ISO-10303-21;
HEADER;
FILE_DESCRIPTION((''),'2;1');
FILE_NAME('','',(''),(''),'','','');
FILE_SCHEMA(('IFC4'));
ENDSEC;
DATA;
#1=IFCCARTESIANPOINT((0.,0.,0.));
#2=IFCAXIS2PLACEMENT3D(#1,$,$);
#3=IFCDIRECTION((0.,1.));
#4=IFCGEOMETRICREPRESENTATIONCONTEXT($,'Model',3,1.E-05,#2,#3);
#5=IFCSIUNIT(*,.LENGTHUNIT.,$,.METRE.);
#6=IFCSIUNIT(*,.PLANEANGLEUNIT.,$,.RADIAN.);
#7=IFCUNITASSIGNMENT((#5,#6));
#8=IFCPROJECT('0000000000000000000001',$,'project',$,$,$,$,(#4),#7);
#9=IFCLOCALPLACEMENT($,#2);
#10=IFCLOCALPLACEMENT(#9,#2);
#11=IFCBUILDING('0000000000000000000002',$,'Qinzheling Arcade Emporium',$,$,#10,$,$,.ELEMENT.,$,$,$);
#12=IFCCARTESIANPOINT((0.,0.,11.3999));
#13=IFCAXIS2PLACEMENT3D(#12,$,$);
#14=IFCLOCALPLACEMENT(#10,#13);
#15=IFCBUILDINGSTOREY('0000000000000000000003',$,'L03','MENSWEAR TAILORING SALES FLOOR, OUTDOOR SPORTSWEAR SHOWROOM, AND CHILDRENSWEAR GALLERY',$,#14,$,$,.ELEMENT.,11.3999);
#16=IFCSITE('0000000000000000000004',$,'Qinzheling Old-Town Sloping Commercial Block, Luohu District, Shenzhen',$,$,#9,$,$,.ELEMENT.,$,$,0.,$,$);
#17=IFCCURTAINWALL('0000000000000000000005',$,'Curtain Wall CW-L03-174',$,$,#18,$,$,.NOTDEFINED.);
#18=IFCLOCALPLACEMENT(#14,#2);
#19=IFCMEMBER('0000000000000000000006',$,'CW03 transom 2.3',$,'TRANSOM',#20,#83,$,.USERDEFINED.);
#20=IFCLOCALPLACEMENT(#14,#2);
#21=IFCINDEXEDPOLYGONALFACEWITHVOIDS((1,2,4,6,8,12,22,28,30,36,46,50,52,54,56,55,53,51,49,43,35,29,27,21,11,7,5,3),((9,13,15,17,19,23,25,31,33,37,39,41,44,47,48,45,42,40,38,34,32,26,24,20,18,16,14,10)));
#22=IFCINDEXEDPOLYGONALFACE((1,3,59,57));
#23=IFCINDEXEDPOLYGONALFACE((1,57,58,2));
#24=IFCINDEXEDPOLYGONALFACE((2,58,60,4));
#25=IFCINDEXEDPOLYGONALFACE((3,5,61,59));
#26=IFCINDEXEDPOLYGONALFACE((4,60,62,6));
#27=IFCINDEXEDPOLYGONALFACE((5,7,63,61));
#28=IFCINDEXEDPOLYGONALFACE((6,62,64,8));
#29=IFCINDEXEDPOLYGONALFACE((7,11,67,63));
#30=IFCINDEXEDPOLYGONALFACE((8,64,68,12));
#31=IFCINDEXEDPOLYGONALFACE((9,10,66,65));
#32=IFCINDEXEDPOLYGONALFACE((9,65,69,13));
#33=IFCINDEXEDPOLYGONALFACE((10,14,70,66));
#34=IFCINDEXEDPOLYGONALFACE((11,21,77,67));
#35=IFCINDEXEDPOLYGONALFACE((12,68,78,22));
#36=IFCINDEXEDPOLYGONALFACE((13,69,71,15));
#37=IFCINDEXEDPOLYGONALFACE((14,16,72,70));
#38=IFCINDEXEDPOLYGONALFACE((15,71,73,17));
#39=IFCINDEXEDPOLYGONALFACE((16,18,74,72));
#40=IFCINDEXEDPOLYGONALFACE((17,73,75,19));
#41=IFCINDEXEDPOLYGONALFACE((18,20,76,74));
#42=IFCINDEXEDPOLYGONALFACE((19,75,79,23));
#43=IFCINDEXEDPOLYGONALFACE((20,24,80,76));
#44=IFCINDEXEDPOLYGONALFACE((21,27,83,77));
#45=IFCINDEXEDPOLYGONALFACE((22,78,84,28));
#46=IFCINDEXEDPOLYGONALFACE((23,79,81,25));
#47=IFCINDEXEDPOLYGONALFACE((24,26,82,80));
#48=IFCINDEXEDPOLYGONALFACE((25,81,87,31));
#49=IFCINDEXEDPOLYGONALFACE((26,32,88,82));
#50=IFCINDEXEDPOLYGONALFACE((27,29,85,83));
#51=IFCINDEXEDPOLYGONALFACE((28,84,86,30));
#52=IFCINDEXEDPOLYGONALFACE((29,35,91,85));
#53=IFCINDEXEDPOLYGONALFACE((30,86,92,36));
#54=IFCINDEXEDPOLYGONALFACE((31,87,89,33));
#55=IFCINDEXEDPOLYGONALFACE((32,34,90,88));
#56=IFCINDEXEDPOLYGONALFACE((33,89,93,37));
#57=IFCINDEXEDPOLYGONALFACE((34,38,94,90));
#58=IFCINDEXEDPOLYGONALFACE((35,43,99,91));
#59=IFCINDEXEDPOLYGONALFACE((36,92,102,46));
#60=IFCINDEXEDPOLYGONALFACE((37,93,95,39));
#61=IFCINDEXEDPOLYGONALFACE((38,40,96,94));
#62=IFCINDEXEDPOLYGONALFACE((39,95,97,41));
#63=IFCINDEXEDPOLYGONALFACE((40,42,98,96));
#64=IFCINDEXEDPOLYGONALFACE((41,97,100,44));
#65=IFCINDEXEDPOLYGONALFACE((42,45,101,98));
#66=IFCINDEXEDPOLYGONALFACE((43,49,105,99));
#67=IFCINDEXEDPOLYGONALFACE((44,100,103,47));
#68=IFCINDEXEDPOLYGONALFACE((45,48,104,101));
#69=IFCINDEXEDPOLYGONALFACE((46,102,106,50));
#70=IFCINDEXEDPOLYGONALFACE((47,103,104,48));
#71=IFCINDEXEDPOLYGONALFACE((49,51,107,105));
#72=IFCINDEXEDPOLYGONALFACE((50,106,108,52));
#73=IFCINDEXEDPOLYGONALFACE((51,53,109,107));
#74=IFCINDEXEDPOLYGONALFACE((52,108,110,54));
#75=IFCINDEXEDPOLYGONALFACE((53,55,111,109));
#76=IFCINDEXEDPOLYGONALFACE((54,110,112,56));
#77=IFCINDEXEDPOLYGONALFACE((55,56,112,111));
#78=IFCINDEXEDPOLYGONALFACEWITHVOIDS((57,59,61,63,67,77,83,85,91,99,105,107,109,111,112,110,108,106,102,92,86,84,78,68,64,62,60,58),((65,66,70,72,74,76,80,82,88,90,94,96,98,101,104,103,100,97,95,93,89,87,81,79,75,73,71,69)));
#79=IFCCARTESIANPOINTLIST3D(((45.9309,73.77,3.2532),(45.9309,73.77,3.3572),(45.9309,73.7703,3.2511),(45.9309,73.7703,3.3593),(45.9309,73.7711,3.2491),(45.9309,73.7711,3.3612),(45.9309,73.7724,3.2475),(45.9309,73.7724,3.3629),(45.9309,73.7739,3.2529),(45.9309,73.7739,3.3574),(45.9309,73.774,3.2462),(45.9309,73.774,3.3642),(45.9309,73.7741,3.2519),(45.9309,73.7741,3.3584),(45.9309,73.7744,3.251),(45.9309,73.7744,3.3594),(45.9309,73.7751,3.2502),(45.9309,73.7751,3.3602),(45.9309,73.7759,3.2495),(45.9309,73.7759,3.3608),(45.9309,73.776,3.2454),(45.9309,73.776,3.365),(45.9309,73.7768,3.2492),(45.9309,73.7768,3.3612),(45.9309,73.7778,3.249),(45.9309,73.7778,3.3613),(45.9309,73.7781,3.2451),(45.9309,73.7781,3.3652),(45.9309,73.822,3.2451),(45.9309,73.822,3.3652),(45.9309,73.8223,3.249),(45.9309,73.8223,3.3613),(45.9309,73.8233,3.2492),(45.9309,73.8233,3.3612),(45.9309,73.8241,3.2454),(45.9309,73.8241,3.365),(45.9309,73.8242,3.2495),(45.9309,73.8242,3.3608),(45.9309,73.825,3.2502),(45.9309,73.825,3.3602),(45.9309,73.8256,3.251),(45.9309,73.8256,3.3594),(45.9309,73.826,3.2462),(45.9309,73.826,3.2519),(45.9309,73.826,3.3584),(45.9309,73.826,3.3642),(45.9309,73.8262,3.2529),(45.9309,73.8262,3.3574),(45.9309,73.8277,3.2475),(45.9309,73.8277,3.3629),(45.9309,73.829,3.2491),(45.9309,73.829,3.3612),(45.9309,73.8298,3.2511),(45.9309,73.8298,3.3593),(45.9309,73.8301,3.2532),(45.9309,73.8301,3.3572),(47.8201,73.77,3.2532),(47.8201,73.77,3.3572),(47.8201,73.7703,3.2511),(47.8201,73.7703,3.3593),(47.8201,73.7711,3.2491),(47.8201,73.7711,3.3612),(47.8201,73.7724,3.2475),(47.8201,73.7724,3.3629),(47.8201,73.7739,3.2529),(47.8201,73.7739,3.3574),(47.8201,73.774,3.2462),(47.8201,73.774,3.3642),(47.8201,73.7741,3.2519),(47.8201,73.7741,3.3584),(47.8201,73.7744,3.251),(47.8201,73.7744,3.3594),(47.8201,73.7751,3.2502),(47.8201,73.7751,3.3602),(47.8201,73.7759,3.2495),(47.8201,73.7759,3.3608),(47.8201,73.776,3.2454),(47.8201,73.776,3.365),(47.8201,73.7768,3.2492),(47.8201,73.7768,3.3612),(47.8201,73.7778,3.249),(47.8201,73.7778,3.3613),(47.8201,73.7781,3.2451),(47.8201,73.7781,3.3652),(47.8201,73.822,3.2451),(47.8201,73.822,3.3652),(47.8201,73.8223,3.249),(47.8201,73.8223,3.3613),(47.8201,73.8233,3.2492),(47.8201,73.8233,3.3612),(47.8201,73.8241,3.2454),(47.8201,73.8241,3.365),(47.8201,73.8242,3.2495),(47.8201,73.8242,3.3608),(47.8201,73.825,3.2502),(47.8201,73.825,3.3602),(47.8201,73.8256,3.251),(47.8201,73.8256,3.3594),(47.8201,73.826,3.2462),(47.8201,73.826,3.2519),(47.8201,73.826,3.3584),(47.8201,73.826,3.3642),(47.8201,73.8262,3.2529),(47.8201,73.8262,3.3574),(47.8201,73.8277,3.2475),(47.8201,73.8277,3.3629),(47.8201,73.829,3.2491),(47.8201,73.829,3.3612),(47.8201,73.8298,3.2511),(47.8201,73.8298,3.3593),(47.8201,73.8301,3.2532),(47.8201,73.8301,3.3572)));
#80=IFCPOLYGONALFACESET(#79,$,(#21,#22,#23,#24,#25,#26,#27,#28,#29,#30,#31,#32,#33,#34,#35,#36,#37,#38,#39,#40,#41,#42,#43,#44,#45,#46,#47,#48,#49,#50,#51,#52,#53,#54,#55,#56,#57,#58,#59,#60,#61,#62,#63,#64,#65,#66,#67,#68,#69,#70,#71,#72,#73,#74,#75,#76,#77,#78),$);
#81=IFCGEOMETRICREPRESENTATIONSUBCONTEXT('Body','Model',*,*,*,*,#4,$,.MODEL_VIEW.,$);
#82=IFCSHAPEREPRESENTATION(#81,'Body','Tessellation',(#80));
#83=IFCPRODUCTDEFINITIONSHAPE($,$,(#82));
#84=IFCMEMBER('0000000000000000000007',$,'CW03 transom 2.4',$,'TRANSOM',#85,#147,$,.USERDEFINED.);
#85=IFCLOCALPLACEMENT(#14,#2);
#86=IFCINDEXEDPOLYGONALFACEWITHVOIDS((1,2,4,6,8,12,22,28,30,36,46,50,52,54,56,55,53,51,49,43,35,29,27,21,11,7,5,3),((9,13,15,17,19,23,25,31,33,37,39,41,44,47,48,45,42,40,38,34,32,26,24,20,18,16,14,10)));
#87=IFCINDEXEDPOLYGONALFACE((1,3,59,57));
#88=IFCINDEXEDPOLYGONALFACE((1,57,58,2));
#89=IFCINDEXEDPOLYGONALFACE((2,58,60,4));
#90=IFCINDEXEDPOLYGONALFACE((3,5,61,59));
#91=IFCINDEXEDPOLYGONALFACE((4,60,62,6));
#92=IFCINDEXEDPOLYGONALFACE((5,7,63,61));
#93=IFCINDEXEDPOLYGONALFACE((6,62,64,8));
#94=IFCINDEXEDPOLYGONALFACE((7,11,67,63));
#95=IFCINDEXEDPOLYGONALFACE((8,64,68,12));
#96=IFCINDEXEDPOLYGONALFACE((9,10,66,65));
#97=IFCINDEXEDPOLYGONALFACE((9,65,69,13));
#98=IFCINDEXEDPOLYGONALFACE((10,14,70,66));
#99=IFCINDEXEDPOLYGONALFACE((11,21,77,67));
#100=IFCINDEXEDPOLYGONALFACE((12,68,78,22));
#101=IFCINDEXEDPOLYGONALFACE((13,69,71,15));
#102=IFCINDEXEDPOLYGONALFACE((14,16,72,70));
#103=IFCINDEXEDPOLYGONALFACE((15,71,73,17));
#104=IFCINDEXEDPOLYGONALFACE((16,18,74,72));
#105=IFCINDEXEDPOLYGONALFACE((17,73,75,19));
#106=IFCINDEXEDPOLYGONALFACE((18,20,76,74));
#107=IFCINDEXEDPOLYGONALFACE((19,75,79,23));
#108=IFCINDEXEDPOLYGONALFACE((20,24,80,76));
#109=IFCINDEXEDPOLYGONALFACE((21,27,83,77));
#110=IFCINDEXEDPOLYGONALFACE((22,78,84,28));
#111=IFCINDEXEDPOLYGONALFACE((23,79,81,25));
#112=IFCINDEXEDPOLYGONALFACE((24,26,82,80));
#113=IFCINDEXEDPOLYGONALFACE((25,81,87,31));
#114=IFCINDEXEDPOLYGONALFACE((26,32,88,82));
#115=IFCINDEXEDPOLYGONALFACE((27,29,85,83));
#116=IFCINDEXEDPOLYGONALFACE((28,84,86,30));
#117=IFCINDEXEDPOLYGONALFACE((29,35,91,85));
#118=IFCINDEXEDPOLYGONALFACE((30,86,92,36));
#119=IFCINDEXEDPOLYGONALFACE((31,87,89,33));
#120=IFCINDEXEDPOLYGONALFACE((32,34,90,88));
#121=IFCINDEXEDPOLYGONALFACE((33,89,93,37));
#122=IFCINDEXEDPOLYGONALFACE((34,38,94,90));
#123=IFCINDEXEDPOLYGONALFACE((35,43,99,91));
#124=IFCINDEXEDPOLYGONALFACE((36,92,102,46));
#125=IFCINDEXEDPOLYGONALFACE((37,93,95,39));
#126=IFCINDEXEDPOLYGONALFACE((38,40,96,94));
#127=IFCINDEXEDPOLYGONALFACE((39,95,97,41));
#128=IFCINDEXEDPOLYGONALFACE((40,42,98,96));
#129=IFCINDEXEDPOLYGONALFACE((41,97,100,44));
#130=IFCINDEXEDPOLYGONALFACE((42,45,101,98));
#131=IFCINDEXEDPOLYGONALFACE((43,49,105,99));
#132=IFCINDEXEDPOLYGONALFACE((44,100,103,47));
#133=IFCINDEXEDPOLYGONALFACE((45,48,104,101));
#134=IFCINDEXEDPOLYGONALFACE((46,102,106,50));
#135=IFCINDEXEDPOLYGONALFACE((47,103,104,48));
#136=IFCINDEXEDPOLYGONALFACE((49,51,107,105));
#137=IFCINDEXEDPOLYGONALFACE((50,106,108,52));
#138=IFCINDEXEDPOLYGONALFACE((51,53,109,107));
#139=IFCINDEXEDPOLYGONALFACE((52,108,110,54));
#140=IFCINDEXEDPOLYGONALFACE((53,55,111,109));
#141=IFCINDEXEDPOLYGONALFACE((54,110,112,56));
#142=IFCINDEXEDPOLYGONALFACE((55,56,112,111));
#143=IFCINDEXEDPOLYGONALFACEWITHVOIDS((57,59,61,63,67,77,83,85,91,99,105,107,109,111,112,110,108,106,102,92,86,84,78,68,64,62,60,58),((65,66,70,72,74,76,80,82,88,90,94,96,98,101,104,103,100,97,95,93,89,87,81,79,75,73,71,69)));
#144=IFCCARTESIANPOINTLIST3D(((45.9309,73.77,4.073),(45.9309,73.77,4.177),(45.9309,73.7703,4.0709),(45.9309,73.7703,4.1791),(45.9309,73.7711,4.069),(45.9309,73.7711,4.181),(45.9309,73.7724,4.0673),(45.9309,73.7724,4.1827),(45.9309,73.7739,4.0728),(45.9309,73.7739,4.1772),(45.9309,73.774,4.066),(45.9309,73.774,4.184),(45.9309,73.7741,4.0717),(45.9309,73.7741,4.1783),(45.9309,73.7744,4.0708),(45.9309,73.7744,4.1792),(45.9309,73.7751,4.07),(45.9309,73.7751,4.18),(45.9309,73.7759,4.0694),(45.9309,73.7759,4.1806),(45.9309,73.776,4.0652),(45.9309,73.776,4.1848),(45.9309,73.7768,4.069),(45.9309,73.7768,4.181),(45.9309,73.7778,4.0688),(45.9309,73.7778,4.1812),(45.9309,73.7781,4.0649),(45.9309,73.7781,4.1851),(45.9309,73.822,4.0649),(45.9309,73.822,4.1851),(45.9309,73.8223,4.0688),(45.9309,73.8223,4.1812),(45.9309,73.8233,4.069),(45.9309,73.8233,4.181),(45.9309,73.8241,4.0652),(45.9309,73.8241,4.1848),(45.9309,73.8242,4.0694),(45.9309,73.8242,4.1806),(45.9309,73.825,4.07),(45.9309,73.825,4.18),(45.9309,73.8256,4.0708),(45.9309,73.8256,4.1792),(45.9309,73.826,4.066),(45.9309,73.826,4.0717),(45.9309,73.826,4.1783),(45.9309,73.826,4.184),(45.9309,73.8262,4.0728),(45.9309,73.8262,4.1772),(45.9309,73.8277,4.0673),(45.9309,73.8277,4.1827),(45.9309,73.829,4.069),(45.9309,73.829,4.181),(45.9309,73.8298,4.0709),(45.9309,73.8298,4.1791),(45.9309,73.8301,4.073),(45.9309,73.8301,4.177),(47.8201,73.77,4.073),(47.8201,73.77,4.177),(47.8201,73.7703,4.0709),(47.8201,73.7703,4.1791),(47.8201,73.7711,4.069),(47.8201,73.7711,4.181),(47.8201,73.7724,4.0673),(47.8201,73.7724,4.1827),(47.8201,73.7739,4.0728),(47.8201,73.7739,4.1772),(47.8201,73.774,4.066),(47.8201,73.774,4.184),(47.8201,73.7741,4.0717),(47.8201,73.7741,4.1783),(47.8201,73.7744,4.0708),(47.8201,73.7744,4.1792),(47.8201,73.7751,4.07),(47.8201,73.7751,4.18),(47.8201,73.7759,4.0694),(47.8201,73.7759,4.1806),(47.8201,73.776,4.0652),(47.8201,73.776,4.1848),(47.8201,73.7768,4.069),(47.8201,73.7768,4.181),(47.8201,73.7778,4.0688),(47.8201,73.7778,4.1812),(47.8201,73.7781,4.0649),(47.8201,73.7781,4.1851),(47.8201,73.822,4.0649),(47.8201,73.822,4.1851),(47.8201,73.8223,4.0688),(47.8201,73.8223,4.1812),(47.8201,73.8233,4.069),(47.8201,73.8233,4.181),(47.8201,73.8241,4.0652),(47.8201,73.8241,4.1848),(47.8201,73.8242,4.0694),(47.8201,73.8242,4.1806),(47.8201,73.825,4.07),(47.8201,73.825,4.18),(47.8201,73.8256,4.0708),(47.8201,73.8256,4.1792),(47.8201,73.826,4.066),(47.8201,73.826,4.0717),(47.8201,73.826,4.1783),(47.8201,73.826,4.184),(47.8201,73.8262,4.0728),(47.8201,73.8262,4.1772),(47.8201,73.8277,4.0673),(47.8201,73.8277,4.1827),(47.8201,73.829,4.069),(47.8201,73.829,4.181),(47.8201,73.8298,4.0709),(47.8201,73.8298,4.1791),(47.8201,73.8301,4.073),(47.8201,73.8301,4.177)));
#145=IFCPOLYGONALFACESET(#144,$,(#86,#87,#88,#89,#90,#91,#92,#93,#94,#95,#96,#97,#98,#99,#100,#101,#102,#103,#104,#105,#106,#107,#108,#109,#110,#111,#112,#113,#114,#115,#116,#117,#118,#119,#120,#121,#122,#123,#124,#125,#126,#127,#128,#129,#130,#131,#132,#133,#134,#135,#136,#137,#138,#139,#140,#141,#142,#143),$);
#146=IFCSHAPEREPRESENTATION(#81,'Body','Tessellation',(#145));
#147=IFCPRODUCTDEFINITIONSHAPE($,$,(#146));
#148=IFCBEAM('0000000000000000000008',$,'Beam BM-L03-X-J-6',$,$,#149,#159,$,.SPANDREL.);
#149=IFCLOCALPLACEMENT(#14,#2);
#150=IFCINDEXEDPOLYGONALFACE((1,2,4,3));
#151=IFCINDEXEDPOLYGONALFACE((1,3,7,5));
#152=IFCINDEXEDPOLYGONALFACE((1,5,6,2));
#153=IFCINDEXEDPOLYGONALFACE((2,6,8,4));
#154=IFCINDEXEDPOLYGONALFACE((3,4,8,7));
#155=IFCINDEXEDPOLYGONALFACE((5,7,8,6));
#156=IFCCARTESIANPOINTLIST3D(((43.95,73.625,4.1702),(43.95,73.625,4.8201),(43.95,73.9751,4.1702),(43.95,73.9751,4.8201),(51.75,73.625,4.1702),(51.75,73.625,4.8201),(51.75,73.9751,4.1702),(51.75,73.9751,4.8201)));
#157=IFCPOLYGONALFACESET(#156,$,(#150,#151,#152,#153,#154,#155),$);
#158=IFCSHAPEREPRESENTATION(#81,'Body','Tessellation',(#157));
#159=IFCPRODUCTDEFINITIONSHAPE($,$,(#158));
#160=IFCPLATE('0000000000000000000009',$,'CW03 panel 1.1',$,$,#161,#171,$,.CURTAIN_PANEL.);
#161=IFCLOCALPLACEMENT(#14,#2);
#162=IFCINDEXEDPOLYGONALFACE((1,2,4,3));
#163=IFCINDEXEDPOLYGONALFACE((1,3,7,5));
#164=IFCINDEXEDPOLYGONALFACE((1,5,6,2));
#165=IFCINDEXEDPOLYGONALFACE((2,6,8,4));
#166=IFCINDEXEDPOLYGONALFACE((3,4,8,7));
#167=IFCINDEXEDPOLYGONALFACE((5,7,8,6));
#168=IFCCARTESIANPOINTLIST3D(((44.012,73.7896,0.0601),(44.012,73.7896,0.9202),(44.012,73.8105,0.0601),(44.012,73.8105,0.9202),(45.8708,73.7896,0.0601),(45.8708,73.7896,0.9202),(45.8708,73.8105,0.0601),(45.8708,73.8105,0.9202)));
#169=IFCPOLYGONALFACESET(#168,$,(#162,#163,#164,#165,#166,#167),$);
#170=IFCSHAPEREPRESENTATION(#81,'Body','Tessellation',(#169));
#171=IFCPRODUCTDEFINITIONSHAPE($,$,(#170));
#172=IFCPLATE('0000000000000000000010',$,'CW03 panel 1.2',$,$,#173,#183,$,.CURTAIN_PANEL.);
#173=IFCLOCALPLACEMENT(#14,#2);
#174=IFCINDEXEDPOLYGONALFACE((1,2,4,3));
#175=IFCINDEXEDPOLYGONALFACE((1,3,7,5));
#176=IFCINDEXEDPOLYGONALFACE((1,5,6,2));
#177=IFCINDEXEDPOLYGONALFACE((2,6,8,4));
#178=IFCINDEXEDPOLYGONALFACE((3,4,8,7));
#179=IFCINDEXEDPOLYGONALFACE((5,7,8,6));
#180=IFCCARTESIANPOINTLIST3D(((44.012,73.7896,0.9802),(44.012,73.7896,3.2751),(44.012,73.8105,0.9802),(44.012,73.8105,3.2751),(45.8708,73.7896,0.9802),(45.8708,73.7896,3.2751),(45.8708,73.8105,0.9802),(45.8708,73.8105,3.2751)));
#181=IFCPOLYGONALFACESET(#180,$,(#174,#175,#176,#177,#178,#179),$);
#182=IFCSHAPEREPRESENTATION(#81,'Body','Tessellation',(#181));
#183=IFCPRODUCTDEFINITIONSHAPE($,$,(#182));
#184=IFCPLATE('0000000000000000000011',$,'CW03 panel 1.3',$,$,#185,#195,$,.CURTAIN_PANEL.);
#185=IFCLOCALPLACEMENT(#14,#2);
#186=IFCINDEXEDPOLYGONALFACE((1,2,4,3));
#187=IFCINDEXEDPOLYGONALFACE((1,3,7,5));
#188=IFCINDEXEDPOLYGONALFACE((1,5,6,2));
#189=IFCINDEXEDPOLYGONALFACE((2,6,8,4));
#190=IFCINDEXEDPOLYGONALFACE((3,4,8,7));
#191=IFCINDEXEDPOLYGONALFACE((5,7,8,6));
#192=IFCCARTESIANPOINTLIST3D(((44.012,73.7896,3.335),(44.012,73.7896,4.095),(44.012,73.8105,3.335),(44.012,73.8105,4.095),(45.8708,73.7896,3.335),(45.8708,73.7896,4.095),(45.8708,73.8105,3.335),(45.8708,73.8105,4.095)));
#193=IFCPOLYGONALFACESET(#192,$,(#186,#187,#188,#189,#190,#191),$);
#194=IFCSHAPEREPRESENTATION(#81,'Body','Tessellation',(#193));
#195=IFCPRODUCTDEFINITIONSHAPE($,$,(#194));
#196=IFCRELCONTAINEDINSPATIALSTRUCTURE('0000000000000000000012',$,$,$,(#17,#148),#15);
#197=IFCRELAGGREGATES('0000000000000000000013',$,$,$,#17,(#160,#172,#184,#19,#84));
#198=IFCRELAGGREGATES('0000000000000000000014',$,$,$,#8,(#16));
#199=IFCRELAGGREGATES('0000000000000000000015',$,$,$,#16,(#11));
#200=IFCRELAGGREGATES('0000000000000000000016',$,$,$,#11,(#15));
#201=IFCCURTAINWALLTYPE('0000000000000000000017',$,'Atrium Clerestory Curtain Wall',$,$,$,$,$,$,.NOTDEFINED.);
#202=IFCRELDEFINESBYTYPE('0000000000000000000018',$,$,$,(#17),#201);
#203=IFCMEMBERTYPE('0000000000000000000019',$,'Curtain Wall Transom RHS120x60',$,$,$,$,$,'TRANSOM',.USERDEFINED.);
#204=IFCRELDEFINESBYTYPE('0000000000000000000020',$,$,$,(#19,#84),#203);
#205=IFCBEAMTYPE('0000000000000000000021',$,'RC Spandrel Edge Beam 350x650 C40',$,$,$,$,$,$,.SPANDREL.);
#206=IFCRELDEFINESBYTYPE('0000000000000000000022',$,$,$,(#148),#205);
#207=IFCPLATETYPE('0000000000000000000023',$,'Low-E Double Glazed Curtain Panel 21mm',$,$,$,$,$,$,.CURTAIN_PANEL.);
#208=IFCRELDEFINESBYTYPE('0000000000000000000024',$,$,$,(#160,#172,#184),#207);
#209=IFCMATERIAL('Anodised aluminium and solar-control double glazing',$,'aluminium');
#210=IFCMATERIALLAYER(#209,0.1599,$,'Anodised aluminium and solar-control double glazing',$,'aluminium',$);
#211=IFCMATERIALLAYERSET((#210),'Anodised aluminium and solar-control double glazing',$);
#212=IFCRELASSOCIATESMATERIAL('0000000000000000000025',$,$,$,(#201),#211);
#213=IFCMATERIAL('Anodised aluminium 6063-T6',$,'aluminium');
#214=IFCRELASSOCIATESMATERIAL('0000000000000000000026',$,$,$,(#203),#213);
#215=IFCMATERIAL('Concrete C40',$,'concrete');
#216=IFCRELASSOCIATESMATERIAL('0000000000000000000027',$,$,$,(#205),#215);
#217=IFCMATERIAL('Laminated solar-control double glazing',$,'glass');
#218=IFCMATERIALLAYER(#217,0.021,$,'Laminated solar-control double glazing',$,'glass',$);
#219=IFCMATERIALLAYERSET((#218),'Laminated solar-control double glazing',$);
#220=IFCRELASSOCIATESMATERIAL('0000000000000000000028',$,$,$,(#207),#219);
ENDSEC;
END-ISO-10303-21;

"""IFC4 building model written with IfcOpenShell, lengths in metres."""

from ifc_helpers import new_model, si_unit, direction, frame, origin, origin_2d, place, context, subcontext, project, spatial, rectangle, hollow_rectangle, extrude, material, layer, layer_set, material_profile, profile_set, type_object, element, aggregate, save


model = new_model("IFC4")

# Units and contexts
model_context = context("Model", 3, precision=1e-05, world=origin(), true_north=direction((0.0, 1.0)))
body_context = subcontext(model_context, "Body", "Model", "MODEL_VIEW")
ifc_project = project(units=[si_unit("LENGTHUNIT", "METRE"), si_unit("PLANEANGLEUNIT", "RADIAN")], contexts=[model_context])

# Site, building, storey
site_placement = place(None, origin())
site = spatial("IfcSite", under=ifc_project, at=site_placement, Name="Qinzheling Old-Town Sloping Commercial Block, Luohu District, Shenzhen", CompositionType="ELEMENT", RefElevation=0.0)
building_placement = place(site_placement, origin())
building = spatial("IfcBuilding", under=site, at=building_placement, Name="Qinzheling Arcade Emporium", CompositionType="ELEMENT")
storey_placement = place(building_placement, frame((0.0, 0.0, 11.3999)))
storey = spatial("IfcBuildingStorey", under=building, at=storey_placement, Name="L03", Description="MENSWEAR TAILORING SALES FLOOR, OUTDOOR SPORTSWEAR SHOWROOM, AND CHILDRENSWEAR GALLERY", CompositionType="ELEMENT", Elevation=11.3999)

# Curtain wall, members
ifc_material_1 = material(Name="Anodised aluminium and solar-control double glazing", Category="aluminium")
ifc_layer_1 = layer(ifc_material_1, 0.1599, Name="Anodised aluminium and solar-control double glazing", Category="aluminium")
ifc_layer_set_1 = layer_set([ifc_layer_1], Name="Anodised aluminium and solar-control double glazing")
curtain_wall_type = type_object("IfcCurtainWallType", Name="Atrium Clerestory Curtain Wall", PredefinedType="NOTDEFINED", material=ifc_layer_set_1)
curtain_wall_placement = place(storey_placement, origin())
curtain_wall = element("IfcCurtainWall", 1, at=curtain_wall_placement, inside=storey, type_object=curtain_wall_type, Name="Curtain Wall CW-L03-174", PredefinedType="NOTDEFINED")
ifc_material_2 = material(Name="Anodised aluminium 6063-T6", Category="aluminium")
ifc_material_profile_1 = material_profile(ifc_material_2, hollow_rectangle(XDim=0.0601, YDim=0.1201, WallThickness=0.0039, InnerFilletRadius=0.0039, OuterFilletRadius=0.0081, at=origin_2d()), Name="RHS 120x60x4", Category="aluminium")
ifc_profile_set_1 = profile_set([ifc_material_profile_1], Name="Anodised aluminium 6063-T6")
member_type_1 = type_object("IfcMemberType", Name="Curtain Wall Transom RHS120x60", ElementType="TRANSOM", PredefinedType="USERDEFINED", material=ifc_profile_set_1)
member_1_placement = place(storey_placement, frame((45.9309, 73.8, 3.3052), z_axis=(1.0, 0.0, 0.0), x_axis=(0.0, 1.0, 0.0)))
member_1 = element("IfcMember", 2, at=member_1_placement, type_object=member_type_1, Name="CW03 transom 2.3", ObjectType="TRANSOM", PredefinedType="USERDEFINED", context=body_context, shape_type="SweptSolid", body=[
    extrude(hollow_rectangle(XDim=0.0601, YDim=0.1201, WallThickness=0.0039, InnerFilletRadius=0.0039, OuterFilletRadius=0.0081, at=origin_2d()), origin(), (0.0, 0.0, 1.0), 1.8892),
])
member_2_placement = place(storey_placement, frame((45.9309, 73.8, 4.125), z_axis=(1.0, 0.0, 0.0), x_axis=(0.0, 1.0, 0.0)))
member_2 = element("IfcMember", 3, at=member_2_placement, type_object=member_type_1, Name="CW03 transom 2.4", ObjectType="TRANSOM", PredefinedType="USERDEFINED", context=body_context, shape_type="SweptSolid", body=[
    extrude(hollow_rectangle(XDim=0.0601, YDim=0.1201, WallThickness=0.0039, InnerFilletRadius=0.0039, OuterFilletRadius=0.0081, at=origin_2d()), origin(), (0.0, 0.0, 1.0), 1.8892),
])

# Beam
ifc_material_3 = material(Name="Concrete C40", Category="concrete")
ifc_material_profile_2 = material_profile(ifc_material_3, rectangle(XDim=0.3501, YDim=0.6499, at=origin_2d()), Name="RC 350x650", Category="concrete")
ifc_profile_set_2 = profile_set([ifc_material_profile_2], Name="Concrete C40")
beam_type = type_object("IfcBeamType", Name="RC Spandrel Edge Beam 350x650 C40", PredefinedType="SPANDREL", material=ifc_profile_set_2)
beam_placement = place(storey_placement, frame((43.95, 73.8, 4.4951), z_axis=(1.0, 0.0, 0.0), x_axis=(0.0, 1.0, 0.0)))
element("IfcBeam", 4, at=beam_placement, inside=storey, type_object=beam_type, Name="Beam BM-L03-X-J-6", PredefinedType="SPANDREL", context=body_context, shape_type="SweptSolid", body=[
    extrude(rectangle(XDim=0.3501, YDim=0.6499, at=origin_2d()), origin(), (0.0, 0.0, 1.0), 7.8),
])

# Plates
ifc_material_4 = material(Name="Laminated solar-control double glazing", Category="glass")
ifc_layer_2 = layer(ifc_material_4, 0.021, Name="Laminated solar-control double glazing", Category="glass")
ifc_layer_set_2 = layer_set([ifc_layer_2], Name="Laminated solar-control double glazing")
plate_type = type_object("IfcPlateType", Name="Low-E Double Glazed Curtain Panel 21mm", PredefinedType="CURTAIN_PANEL", material=ifc_layer_set_2)
plate_1_placement = place(storey_placement, frame((44.9414, 73.8, 0.0601), z_axis=(0.0, 0.0, 1.0), x_axis=(1.0, 0.0, 0.0)))
plate_1 = element("IfcPlate", 5, at=plate_1_placement, type_object=plate_type, Name="CW03 panel 1.1", PredefinedType="CURTAIN_PANEL", context=body_context, shape_type="SweptSolid", body=[
    extrude(rectangle(XDim=1.8589, YDim=0.021, at=origin_2d()), origin(), (0.0, 0.0, 1.0), 0.8601),
])
plate_2_placement = place(storey_placement, frame((44.9414, 73.8, 0.9802), z_axis=(0.0, 0.0, 1.0), x_axis=(1.0, 0.0, 0.0)))
plate_2 = element("IfcPlate", 6, at=plate_2_placement, type_object=plate_type, Name="CW03 panel 1.2", PredefinedType="CURTAIN_PANEL", context=body_context, shape_type="SweptSolid", body=[
    extrude(rectangle(XDim=1.8589, YDim=0.021, at=origin_2d()), origin(), (0.0, 0.0, 1.0), 2.2949),
])
plate_3_placement = place(storey_placement, frame((44.9414, 73.8, 3.335), z_axis=(0.0, 0.0, 1.0), x_axis=(1.0, 0.0, 0.0)))
plate_3 = element("IfcPlate", 7, at=plate_3_placement, type_object=plate_type, Name="CW03 panel 1.3", PredefinedType="CURTAIN_PANEL", context=body_context, shape_type="SweptSolid", body=[
    extrude(rectangle(XDim=1.8589, YDim=0.021, at=origin_2d()), origin(), (0.0, 0.0, 1.0), 0.76),
])
aggregate(curtain_wall, [plate_1, plate_2, plate_3, member_1, member_2])

save(model, "model.ifc")
